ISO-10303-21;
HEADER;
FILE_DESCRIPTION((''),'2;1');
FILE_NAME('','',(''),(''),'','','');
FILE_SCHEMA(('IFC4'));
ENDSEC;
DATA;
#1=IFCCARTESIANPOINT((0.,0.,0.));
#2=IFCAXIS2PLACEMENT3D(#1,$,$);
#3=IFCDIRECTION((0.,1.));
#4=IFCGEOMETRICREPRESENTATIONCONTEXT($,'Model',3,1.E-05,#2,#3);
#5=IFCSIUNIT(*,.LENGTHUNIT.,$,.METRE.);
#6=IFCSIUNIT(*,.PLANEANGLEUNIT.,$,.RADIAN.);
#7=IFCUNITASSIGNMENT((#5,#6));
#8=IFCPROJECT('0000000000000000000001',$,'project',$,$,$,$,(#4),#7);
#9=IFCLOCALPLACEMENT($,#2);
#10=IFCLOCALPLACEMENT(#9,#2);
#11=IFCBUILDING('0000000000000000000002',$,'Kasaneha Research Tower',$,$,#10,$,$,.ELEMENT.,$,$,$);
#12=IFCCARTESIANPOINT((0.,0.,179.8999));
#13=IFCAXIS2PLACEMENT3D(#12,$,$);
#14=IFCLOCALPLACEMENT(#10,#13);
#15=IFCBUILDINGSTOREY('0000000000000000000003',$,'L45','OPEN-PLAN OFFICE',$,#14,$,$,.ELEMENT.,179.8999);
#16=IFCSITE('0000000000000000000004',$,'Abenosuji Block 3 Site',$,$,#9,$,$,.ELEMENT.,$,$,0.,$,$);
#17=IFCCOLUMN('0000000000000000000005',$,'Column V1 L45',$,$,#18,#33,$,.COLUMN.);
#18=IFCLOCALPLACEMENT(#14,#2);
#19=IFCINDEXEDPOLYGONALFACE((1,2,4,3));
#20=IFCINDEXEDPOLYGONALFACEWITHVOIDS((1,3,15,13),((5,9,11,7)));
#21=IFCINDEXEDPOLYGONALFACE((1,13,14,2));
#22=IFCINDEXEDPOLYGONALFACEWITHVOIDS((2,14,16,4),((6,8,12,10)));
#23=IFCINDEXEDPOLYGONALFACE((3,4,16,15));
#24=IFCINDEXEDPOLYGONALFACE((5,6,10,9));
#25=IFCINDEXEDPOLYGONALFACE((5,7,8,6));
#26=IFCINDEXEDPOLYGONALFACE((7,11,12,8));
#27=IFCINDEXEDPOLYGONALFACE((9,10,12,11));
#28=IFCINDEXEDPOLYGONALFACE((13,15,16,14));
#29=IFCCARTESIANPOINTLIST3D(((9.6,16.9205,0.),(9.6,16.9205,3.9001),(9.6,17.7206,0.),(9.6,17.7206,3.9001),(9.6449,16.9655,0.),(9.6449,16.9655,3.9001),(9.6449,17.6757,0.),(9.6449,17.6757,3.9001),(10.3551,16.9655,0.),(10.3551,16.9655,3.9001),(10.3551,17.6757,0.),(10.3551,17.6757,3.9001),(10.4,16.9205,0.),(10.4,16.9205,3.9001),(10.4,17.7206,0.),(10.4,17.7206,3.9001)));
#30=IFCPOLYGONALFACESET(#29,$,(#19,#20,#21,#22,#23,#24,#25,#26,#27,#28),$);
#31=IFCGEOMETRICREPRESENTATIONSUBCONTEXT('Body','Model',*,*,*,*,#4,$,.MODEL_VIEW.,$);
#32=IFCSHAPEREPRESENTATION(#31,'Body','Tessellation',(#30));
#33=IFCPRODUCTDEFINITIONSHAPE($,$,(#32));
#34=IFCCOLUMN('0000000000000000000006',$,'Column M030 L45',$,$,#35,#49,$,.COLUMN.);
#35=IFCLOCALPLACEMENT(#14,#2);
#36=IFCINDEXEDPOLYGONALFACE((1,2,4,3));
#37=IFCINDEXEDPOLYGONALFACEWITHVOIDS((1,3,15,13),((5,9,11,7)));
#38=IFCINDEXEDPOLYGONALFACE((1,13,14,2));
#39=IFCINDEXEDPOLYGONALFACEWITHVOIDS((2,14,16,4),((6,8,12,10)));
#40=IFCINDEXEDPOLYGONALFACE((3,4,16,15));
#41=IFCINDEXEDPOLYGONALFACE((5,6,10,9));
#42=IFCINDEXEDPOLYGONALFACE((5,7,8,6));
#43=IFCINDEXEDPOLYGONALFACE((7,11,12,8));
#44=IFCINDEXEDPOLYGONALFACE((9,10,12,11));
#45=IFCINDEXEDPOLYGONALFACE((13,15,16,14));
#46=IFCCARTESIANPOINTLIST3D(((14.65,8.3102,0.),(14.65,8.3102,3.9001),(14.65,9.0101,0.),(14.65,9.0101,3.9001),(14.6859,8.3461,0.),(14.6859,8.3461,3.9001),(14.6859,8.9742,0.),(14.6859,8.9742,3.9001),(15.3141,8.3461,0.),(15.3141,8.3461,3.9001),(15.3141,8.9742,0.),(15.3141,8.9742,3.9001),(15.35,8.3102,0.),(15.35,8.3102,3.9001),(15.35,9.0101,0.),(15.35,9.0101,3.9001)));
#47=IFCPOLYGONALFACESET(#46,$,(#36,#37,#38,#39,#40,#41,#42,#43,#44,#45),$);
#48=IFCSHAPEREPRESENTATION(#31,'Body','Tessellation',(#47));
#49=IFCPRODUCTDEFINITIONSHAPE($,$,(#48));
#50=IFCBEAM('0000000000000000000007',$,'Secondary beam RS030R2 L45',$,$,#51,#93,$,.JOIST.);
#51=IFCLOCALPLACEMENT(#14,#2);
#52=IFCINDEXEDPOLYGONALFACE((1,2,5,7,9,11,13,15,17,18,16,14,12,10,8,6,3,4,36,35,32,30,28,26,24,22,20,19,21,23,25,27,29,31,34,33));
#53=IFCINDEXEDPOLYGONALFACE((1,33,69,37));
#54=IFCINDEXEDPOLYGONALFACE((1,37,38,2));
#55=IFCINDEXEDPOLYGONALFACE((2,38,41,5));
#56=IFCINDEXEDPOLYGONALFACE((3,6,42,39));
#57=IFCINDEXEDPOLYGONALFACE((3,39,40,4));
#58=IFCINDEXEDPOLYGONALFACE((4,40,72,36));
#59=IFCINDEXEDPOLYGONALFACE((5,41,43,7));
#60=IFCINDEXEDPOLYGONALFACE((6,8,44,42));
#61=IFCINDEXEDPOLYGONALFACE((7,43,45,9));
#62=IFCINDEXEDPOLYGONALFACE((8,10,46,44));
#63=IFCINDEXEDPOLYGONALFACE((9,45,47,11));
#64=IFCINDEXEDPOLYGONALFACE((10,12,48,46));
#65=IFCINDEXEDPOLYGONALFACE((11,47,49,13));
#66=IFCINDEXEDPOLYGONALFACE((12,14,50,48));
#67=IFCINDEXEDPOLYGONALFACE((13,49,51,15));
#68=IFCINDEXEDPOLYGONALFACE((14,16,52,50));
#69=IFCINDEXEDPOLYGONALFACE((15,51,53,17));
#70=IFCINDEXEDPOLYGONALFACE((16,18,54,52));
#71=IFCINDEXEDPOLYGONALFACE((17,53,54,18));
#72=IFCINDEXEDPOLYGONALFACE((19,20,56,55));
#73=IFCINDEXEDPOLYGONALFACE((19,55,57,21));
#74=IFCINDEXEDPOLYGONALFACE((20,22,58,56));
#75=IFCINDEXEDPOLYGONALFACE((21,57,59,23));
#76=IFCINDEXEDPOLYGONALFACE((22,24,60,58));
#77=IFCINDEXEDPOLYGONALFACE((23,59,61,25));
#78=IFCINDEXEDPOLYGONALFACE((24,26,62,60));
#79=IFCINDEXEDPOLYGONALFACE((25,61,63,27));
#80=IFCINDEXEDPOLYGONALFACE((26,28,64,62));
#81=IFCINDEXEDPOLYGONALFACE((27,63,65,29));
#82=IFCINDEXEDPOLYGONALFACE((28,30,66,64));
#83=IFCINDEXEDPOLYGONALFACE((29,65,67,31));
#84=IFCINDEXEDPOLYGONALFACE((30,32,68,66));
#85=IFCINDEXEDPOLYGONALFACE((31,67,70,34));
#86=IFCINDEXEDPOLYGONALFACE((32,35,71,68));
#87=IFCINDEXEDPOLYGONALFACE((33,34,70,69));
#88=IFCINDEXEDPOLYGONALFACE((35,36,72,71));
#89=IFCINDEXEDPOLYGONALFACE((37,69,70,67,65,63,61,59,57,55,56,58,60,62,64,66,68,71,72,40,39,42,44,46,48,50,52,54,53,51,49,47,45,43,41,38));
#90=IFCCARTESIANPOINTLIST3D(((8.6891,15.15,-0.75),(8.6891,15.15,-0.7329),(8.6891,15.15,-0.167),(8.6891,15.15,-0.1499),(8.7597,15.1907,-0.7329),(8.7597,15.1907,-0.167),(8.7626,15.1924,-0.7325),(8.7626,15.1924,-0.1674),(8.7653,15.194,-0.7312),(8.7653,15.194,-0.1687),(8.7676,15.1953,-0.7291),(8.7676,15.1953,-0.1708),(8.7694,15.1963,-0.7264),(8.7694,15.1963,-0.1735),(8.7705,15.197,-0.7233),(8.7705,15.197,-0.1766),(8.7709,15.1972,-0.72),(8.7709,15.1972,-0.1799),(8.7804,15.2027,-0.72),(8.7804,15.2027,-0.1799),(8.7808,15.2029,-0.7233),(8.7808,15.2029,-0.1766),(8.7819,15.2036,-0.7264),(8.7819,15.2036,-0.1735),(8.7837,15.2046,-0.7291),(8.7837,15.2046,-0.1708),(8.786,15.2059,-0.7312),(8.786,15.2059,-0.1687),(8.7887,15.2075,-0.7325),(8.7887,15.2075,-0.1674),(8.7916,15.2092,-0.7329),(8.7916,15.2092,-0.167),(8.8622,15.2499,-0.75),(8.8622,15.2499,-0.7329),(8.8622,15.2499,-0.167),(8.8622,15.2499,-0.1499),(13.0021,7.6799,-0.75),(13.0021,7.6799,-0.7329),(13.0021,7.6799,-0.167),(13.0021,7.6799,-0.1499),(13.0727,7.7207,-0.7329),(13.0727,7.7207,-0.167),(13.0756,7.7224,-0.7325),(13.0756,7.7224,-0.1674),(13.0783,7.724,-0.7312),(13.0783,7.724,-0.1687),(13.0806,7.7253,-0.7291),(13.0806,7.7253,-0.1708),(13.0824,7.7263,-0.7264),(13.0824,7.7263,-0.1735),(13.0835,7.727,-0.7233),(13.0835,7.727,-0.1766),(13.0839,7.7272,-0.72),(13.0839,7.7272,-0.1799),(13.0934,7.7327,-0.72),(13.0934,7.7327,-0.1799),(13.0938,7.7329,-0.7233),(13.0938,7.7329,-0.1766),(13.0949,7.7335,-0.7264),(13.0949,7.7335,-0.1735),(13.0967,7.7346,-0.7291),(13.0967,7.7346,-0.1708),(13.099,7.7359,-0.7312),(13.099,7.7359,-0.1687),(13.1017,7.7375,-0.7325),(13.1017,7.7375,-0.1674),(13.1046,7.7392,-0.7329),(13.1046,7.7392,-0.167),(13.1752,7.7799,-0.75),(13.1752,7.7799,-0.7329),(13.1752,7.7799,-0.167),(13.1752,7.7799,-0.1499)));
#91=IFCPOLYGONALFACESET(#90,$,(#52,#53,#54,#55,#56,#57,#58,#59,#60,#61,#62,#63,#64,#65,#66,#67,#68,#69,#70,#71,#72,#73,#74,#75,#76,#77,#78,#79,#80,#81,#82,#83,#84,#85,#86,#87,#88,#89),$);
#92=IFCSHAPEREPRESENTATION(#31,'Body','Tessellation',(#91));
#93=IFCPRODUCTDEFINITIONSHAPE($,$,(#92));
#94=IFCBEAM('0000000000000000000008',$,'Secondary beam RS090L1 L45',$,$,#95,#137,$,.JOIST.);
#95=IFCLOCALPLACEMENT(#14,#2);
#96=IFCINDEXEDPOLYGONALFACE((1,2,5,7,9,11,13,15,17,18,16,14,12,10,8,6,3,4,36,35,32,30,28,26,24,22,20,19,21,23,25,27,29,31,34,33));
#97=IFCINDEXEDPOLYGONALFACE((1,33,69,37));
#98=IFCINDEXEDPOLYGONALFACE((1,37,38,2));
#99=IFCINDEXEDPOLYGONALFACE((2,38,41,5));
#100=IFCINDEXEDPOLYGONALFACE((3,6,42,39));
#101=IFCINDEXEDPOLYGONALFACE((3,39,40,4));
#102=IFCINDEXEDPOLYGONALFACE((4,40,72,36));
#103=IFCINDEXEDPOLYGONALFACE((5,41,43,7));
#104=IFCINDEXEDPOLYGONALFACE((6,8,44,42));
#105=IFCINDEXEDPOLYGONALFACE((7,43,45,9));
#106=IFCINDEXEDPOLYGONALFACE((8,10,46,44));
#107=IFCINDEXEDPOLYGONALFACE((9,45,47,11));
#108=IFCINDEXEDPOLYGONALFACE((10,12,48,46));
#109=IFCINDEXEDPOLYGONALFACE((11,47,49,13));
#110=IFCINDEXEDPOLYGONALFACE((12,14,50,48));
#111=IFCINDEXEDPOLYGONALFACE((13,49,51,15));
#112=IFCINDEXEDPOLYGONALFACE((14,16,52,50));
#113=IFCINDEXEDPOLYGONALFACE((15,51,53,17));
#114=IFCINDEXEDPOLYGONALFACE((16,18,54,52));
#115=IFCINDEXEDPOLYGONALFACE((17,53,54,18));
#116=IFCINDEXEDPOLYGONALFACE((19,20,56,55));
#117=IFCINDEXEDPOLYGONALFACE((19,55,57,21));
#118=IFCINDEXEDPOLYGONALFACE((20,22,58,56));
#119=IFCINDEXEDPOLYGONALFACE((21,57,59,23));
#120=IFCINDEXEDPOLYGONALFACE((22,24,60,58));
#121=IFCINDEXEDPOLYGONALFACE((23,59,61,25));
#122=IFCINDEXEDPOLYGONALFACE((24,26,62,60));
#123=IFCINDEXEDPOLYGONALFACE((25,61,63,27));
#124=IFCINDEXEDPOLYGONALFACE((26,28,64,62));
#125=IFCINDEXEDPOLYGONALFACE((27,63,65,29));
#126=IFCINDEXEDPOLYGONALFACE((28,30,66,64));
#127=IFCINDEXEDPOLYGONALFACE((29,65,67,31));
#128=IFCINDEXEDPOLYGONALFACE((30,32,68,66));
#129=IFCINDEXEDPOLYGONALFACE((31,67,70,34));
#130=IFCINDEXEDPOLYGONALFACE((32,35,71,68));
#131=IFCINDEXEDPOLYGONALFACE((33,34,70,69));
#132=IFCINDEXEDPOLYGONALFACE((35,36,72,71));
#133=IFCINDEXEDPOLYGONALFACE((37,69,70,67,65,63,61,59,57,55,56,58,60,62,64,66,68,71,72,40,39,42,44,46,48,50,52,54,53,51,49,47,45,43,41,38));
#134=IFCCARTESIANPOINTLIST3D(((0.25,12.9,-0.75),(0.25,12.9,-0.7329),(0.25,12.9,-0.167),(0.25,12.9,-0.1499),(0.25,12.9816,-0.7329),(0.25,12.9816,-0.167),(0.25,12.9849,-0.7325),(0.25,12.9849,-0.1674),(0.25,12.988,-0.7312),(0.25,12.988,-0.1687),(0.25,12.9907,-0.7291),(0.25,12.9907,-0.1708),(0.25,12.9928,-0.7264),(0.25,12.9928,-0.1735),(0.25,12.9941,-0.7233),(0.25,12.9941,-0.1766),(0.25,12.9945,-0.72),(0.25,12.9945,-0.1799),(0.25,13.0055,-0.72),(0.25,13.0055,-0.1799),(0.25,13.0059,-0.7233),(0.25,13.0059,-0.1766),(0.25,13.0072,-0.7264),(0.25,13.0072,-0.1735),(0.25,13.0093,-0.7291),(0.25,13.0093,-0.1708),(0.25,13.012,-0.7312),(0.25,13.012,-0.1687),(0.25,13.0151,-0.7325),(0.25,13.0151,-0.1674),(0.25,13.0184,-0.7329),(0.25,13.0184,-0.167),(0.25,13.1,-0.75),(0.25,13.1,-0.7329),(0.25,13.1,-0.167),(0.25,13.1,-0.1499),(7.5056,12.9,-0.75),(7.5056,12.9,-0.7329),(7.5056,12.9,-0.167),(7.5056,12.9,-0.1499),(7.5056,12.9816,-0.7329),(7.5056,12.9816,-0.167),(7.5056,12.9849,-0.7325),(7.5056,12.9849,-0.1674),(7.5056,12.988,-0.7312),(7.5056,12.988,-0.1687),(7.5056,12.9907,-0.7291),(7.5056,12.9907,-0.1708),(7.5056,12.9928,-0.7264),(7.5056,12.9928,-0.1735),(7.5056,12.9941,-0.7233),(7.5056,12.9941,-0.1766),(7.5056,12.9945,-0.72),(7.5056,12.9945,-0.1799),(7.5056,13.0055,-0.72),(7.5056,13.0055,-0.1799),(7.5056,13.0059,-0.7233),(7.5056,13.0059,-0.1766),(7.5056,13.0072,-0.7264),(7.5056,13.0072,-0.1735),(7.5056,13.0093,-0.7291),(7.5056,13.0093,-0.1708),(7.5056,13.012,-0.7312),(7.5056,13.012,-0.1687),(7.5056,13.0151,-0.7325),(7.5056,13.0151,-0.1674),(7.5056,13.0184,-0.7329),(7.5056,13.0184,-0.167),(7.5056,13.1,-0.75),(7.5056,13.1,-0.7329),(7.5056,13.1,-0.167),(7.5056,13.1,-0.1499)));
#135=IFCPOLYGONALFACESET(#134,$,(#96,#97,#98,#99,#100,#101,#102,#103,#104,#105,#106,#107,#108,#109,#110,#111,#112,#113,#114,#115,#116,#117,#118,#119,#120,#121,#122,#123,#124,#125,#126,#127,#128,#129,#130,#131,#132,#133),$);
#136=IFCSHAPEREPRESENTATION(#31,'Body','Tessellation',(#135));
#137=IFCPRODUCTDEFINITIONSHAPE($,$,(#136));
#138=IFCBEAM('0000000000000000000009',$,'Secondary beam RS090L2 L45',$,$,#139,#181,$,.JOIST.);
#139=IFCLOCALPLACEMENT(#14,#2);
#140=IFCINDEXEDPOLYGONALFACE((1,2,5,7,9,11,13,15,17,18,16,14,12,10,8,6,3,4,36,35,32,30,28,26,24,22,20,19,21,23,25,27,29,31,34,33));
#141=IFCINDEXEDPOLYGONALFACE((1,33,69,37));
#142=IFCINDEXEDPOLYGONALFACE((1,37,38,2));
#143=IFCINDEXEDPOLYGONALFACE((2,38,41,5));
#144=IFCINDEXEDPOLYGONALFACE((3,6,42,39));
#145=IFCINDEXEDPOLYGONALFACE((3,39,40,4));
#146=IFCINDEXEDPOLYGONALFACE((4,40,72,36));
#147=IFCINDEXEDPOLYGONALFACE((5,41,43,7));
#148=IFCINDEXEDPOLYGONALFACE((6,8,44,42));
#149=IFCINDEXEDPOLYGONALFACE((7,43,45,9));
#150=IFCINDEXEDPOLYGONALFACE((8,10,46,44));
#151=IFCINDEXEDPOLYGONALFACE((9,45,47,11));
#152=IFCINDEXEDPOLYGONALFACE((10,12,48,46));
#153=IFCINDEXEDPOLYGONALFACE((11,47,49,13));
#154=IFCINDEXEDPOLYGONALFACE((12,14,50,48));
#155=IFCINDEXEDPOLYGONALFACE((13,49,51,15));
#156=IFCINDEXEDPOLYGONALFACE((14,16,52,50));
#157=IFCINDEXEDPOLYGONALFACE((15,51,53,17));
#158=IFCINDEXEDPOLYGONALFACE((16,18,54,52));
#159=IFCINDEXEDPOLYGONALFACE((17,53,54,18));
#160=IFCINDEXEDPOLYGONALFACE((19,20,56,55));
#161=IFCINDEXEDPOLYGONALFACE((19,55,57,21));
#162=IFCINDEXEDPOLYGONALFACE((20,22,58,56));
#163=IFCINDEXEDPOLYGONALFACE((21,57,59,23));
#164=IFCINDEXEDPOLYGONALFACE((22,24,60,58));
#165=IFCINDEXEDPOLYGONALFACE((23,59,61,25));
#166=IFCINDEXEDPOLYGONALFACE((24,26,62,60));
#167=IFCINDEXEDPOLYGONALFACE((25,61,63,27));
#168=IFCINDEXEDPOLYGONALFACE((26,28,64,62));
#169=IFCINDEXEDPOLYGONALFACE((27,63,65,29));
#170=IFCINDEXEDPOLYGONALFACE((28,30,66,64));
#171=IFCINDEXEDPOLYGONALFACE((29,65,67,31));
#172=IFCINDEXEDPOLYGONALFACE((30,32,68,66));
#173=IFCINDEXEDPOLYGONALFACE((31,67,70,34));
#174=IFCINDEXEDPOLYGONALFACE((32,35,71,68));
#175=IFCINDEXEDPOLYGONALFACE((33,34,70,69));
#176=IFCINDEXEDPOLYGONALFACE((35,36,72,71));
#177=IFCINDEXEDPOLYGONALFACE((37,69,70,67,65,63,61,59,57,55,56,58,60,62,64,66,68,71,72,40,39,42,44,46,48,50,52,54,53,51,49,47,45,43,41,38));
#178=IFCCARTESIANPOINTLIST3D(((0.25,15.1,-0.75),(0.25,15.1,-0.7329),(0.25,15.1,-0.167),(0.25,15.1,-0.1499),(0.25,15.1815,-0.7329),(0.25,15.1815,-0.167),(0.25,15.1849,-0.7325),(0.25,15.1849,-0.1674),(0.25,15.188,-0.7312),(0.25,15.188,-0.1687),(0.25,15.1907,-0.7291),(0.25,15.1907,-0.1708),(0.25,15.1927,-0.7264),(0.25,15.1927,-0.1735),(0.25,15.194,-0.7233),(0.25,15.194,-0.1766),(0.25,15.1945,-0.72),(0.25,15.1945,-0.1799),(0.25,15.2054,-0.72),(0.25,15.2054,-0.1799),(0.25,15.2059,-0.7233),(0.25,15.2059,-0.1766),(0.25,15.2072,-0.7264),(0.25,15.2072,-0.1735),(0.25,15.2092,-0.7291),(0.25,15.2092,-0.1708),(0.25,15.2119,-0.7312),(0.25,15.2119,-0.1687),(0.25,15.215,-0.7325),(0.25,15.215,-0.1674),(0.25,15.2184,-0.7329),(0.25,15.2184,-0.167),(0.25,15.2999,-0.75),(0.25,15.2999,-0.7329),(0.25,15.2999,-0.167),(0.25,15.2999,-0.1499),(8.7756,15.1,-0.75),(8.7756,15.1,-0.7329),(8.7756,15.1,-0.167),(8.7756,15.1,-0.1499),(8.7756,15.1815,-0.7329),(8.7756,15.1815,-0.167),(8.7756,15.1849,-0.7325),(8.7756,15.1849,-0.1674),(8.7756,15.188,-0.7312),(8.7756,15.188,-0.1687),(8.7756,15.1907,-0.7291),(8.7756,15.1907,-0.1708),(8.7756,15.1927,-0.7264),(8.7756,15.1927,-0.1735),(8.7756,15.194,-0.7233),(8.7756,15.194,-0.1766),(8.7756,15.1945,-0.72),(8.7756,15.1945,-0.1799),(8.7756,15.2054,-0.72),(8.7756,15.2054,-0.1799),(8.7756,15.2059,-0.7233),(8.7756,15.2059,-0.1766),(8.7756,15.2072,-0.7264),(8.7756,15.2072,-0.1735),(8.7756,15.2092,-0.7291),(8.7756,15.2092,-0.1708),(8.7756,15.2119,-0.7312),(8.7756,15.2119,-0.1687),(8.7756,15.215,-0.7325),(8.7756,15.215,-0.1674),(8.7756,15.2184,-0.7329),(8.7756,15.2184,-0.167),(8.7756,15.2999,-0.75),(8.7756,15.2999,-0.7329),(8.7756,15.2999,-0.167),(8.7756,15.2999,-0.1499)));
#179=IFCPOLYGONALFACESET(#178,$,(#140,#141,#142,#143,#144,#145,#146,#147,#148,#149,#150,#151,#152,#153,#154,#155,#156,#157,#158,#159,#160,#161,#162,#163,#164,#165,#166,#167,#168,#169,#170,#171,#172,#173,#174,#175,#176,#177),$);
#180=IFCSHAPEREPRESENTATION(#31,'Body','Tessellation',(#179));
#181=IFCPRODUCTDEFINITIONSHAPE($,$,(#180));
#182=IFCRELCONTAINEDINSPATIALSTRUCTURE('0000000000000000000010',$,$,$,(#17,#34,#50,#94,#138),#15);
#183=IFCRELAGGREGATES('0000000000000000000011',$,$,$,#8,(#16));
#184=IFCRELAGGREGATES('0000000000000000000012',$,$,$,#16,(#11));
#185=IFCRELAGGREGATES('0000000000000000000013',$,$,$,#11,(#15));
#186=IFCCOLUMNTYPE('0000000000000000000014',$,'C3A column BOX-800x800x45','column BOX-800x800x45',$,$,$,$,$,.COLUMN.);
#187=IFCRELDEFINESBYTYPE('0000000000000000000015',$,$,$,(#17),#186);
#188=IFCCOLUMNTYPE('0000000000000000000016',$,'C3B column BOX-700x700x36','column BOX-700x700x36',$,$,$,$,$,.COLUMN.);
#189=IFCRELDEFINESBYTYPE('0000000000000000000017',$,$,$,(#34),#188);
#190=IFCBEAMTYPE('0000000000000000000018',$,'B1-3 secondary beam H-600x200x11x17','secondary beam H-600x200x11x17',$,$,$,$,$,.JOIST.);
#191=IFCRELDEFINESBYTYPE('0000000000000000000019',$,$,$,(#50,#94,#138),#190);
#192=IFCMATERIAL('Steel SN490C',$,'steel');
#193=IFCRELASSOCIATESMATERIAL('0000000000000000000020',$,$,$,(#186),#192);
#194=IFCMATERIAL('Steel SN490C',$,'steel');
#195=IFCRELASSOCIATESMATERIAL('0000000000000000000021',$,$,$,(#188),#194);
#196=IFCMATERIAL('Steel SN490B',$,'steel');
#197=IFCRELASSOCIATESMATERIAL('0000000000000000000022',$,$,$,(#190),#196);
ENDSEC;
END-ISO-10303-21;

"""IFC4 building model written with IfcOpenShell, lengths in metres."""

from ifc_helpers import new_model, si_unit, direction, frame, origin, origin_2d, place, context, subcontext, project, spatial, hollow_rectangle, i_section, extrude, material, material_profile, profile_set, type_object, element, save


model = new_model("IFC4")

# Units and contexts
model_context = context("Model", 3, precision=1e-05, world=origin(), true_north=direction((0.0, 1.0)))
body_context = subcontext(model_context, "Body", "Model", "MODEL_VIEW")
ifc_project = project(units=[si_unit("LENGTHUNIT", "METRE"), si_unit("PLANEANGLEUNIT", "RADIAN")], contexts=[model_context])

# Site, building, storey
site_placement = place(None, origin())
site = spatial("IfcSite", under=ifc_project, at=site_placement, Name="Abenosuji Block 3 Site", CompositionType="ELEMENT", RefElevation=0.0)
building_placement = place(site_placement, origin())
building = spatial("IfcBuilding", under=site, at=building_placement, Name="Kasaneha Research Tower", CompositionType="ELEMENT")
storey_placement = place(building_placement, frame((0.0, 0.0, 179.8999)))
storey = spatial("IfcBuildingStorey", under=building, at=storey_placement, Name="L45", Description="OPEN-PLAN OFFICE", CompositionType="ELEMENT", Elevation=179.8999)

# Columns
ifc_material_1 = material(Name="Steel SN490C", Category="steel")
ifc_material_profile_1 = material_profile(ifc_material_1, hollow_rectangle(XDim=0.8, YDim=0.8, WallThickness=0.0449, at=origin_2d()), Name="BOX-800x800x45")
ifc_profile_set_1 = profile_set([ifc_material_profile_1], Name="Steel SN490C")
column_type_1 = type_object("IfcColumnType", Name="C3A column BOX-800x800x45", Description="column BOX-800x800x45", PredefinedType="COLUMN", material=ifc_profile_set_1)
column_1_placement = place(storey_placement, frame((10.0, 17.3206, 0.0), z_axis=(0.0, 0.0, 1.0), x_axis=(1.0, 0.0, 0.0)))
element("IfcColumn", 1, at=column_1_placement, inside=storey, type_object=column_type_1, Name="Column V1 L45", PredefinedType="COLUMN", context=body_context, shape_type="SweptSolid", body=[
    extrude(hollow_rectangle(XDim=0.8, YDim=0.8, WallThickness=0.0449, at=origin_2d()), origin(), (0.0, 0.0, 1.0), 3.9001),
])
ifc_material_2 = material(Name="Steel SN490C", Category="steel")
ifc_material_profile_2 = material_profile(ifc_material_2, hollow_rectangle(XDim=0.7, YDim=0.7, WallThickness=0.0359, at=origin_2d()), Name="BOX-700x700x36")
ifc_profile_set_2 = profile_set([ifc_material_profile_2], Name="Steel SN490C")
column_type_2 = type_object("IfcColumnType", Name="C3B column BOX-700x700x36", Description="column BOX-700x700x36", PredefinedType="COLUMN", material=ifc_profile_set_2)
column_2_placement = place(storey_placement, frame((15.0, 8.6602, 0.0), z_axis=(0.0, 0.0, 1.0), x_axis=(1.0, 0.0, 0.0)))
element("IfcColumn", 2, at=column_2_placement, inside=storey, type_object=column_type_2, Name="Column M030 L45", PredefinedType="COLUMN", context=body_context, shape_type="SweptSolid", body=[
    extrude(hollow_rectangle(XDim=0.7, YDim=0.7, WallThickness=0.0359, at=origin_2d()), origin(), (0.0, 0.0, 1.0), 3.9001),
])

# Beams
ifc_material_3 = material(Name="Steel SN490B", Category="steel")
ifc_material_profile_3 = material_profile(ifc_material_3, i_section(OverallWidth=0.2, OverallDepth=0.6001, WebThickness=0.011, FlangeThickness=0.0171, FilletRadius=0.0129, at=origin_2d()), Name="H-600x200x11x17")
ifc_profile_set_3 = profile_set([ifc_material_profile_3], Name="Steel SN490B")
beam_type_1 = type_object("IfcBeamType", Name="B1-3 secondary beam H-600x200x11x17", Description="secondary beam H-600x200x11x17", PredefinedType="JOIST", material=ifc_profile_set_3)
beam_1_placement = place(storey_placement, frame((8.7756, 15.2, -0.45), z_axis=(0.500017, -0.866015, 0.0), x_axis=(0.866015, 0.500017, 0.0)))
element("IfcBeam", 3, at=beam_1_placement, inside=storey, type_object=beam_type_1, Name="Secondary beam RS030R2 L45", PredefinedType="JOIST", context=body_context, shape_type="SweptSolid", body=[
    extrude(i_section(OverallWidth=0.2, OverallDepth=0.6001, WebThickness=0.011, FlangeThickness=0.0171, FilletRadius=0.0129, at=origin_2d()), origin(), (0.0, 0.0, 1.0), 8.6257),
])
beam_2_placement = place(storey_placement, frame((7.5056, 13.0, -0.45), z_axis=(-1.0, 0.0, 0.0), x_axis=(0.0, -1.0, 0.0)))
element("IfcBeam", 4, at=beam_2_placement, inside=storey, type_object=beam_type_1, Name="Secondary beam RS090L1 L45", PredefinedType="JOIST", context=body_context, shape_type="SweptSolid", body=[
    extrude(i_section(OverallWidth=0.2, OverallDepth=0.6001, WebThickness=0.011, FlangeThickness=0.0171, FilletRadius=0.0129, at=origin_2d()), origin(), (0.0, 0.0, 1.0), 7.2556),
])
beam_3_placement = place(storey_placement, frame((8.7756, 15.2, -0.45), z_axis=(-1.0, 0.0, 0.0), x_axis=(0.0, -1.0, 0.0)))
element("IfcBeam", 5, at=beam_3_placement, inside=storey, type_object=beam_type_1, Name="Secondary beam RS090L2 L45", PredefinedType="JOIST", context=body_context, shape_type="SweptSolid", body=[
    extrude(i_section(OverallWidth=0.2, OverallDepth=0.6001, WebThickness=0.011, FlangeThickness=0.0171, FilletRadius=0.0129, at=origin_2d()), origin(), (0.0, 0.0, 1.0), 8.5256),
])

save(model, "model.ifc")
